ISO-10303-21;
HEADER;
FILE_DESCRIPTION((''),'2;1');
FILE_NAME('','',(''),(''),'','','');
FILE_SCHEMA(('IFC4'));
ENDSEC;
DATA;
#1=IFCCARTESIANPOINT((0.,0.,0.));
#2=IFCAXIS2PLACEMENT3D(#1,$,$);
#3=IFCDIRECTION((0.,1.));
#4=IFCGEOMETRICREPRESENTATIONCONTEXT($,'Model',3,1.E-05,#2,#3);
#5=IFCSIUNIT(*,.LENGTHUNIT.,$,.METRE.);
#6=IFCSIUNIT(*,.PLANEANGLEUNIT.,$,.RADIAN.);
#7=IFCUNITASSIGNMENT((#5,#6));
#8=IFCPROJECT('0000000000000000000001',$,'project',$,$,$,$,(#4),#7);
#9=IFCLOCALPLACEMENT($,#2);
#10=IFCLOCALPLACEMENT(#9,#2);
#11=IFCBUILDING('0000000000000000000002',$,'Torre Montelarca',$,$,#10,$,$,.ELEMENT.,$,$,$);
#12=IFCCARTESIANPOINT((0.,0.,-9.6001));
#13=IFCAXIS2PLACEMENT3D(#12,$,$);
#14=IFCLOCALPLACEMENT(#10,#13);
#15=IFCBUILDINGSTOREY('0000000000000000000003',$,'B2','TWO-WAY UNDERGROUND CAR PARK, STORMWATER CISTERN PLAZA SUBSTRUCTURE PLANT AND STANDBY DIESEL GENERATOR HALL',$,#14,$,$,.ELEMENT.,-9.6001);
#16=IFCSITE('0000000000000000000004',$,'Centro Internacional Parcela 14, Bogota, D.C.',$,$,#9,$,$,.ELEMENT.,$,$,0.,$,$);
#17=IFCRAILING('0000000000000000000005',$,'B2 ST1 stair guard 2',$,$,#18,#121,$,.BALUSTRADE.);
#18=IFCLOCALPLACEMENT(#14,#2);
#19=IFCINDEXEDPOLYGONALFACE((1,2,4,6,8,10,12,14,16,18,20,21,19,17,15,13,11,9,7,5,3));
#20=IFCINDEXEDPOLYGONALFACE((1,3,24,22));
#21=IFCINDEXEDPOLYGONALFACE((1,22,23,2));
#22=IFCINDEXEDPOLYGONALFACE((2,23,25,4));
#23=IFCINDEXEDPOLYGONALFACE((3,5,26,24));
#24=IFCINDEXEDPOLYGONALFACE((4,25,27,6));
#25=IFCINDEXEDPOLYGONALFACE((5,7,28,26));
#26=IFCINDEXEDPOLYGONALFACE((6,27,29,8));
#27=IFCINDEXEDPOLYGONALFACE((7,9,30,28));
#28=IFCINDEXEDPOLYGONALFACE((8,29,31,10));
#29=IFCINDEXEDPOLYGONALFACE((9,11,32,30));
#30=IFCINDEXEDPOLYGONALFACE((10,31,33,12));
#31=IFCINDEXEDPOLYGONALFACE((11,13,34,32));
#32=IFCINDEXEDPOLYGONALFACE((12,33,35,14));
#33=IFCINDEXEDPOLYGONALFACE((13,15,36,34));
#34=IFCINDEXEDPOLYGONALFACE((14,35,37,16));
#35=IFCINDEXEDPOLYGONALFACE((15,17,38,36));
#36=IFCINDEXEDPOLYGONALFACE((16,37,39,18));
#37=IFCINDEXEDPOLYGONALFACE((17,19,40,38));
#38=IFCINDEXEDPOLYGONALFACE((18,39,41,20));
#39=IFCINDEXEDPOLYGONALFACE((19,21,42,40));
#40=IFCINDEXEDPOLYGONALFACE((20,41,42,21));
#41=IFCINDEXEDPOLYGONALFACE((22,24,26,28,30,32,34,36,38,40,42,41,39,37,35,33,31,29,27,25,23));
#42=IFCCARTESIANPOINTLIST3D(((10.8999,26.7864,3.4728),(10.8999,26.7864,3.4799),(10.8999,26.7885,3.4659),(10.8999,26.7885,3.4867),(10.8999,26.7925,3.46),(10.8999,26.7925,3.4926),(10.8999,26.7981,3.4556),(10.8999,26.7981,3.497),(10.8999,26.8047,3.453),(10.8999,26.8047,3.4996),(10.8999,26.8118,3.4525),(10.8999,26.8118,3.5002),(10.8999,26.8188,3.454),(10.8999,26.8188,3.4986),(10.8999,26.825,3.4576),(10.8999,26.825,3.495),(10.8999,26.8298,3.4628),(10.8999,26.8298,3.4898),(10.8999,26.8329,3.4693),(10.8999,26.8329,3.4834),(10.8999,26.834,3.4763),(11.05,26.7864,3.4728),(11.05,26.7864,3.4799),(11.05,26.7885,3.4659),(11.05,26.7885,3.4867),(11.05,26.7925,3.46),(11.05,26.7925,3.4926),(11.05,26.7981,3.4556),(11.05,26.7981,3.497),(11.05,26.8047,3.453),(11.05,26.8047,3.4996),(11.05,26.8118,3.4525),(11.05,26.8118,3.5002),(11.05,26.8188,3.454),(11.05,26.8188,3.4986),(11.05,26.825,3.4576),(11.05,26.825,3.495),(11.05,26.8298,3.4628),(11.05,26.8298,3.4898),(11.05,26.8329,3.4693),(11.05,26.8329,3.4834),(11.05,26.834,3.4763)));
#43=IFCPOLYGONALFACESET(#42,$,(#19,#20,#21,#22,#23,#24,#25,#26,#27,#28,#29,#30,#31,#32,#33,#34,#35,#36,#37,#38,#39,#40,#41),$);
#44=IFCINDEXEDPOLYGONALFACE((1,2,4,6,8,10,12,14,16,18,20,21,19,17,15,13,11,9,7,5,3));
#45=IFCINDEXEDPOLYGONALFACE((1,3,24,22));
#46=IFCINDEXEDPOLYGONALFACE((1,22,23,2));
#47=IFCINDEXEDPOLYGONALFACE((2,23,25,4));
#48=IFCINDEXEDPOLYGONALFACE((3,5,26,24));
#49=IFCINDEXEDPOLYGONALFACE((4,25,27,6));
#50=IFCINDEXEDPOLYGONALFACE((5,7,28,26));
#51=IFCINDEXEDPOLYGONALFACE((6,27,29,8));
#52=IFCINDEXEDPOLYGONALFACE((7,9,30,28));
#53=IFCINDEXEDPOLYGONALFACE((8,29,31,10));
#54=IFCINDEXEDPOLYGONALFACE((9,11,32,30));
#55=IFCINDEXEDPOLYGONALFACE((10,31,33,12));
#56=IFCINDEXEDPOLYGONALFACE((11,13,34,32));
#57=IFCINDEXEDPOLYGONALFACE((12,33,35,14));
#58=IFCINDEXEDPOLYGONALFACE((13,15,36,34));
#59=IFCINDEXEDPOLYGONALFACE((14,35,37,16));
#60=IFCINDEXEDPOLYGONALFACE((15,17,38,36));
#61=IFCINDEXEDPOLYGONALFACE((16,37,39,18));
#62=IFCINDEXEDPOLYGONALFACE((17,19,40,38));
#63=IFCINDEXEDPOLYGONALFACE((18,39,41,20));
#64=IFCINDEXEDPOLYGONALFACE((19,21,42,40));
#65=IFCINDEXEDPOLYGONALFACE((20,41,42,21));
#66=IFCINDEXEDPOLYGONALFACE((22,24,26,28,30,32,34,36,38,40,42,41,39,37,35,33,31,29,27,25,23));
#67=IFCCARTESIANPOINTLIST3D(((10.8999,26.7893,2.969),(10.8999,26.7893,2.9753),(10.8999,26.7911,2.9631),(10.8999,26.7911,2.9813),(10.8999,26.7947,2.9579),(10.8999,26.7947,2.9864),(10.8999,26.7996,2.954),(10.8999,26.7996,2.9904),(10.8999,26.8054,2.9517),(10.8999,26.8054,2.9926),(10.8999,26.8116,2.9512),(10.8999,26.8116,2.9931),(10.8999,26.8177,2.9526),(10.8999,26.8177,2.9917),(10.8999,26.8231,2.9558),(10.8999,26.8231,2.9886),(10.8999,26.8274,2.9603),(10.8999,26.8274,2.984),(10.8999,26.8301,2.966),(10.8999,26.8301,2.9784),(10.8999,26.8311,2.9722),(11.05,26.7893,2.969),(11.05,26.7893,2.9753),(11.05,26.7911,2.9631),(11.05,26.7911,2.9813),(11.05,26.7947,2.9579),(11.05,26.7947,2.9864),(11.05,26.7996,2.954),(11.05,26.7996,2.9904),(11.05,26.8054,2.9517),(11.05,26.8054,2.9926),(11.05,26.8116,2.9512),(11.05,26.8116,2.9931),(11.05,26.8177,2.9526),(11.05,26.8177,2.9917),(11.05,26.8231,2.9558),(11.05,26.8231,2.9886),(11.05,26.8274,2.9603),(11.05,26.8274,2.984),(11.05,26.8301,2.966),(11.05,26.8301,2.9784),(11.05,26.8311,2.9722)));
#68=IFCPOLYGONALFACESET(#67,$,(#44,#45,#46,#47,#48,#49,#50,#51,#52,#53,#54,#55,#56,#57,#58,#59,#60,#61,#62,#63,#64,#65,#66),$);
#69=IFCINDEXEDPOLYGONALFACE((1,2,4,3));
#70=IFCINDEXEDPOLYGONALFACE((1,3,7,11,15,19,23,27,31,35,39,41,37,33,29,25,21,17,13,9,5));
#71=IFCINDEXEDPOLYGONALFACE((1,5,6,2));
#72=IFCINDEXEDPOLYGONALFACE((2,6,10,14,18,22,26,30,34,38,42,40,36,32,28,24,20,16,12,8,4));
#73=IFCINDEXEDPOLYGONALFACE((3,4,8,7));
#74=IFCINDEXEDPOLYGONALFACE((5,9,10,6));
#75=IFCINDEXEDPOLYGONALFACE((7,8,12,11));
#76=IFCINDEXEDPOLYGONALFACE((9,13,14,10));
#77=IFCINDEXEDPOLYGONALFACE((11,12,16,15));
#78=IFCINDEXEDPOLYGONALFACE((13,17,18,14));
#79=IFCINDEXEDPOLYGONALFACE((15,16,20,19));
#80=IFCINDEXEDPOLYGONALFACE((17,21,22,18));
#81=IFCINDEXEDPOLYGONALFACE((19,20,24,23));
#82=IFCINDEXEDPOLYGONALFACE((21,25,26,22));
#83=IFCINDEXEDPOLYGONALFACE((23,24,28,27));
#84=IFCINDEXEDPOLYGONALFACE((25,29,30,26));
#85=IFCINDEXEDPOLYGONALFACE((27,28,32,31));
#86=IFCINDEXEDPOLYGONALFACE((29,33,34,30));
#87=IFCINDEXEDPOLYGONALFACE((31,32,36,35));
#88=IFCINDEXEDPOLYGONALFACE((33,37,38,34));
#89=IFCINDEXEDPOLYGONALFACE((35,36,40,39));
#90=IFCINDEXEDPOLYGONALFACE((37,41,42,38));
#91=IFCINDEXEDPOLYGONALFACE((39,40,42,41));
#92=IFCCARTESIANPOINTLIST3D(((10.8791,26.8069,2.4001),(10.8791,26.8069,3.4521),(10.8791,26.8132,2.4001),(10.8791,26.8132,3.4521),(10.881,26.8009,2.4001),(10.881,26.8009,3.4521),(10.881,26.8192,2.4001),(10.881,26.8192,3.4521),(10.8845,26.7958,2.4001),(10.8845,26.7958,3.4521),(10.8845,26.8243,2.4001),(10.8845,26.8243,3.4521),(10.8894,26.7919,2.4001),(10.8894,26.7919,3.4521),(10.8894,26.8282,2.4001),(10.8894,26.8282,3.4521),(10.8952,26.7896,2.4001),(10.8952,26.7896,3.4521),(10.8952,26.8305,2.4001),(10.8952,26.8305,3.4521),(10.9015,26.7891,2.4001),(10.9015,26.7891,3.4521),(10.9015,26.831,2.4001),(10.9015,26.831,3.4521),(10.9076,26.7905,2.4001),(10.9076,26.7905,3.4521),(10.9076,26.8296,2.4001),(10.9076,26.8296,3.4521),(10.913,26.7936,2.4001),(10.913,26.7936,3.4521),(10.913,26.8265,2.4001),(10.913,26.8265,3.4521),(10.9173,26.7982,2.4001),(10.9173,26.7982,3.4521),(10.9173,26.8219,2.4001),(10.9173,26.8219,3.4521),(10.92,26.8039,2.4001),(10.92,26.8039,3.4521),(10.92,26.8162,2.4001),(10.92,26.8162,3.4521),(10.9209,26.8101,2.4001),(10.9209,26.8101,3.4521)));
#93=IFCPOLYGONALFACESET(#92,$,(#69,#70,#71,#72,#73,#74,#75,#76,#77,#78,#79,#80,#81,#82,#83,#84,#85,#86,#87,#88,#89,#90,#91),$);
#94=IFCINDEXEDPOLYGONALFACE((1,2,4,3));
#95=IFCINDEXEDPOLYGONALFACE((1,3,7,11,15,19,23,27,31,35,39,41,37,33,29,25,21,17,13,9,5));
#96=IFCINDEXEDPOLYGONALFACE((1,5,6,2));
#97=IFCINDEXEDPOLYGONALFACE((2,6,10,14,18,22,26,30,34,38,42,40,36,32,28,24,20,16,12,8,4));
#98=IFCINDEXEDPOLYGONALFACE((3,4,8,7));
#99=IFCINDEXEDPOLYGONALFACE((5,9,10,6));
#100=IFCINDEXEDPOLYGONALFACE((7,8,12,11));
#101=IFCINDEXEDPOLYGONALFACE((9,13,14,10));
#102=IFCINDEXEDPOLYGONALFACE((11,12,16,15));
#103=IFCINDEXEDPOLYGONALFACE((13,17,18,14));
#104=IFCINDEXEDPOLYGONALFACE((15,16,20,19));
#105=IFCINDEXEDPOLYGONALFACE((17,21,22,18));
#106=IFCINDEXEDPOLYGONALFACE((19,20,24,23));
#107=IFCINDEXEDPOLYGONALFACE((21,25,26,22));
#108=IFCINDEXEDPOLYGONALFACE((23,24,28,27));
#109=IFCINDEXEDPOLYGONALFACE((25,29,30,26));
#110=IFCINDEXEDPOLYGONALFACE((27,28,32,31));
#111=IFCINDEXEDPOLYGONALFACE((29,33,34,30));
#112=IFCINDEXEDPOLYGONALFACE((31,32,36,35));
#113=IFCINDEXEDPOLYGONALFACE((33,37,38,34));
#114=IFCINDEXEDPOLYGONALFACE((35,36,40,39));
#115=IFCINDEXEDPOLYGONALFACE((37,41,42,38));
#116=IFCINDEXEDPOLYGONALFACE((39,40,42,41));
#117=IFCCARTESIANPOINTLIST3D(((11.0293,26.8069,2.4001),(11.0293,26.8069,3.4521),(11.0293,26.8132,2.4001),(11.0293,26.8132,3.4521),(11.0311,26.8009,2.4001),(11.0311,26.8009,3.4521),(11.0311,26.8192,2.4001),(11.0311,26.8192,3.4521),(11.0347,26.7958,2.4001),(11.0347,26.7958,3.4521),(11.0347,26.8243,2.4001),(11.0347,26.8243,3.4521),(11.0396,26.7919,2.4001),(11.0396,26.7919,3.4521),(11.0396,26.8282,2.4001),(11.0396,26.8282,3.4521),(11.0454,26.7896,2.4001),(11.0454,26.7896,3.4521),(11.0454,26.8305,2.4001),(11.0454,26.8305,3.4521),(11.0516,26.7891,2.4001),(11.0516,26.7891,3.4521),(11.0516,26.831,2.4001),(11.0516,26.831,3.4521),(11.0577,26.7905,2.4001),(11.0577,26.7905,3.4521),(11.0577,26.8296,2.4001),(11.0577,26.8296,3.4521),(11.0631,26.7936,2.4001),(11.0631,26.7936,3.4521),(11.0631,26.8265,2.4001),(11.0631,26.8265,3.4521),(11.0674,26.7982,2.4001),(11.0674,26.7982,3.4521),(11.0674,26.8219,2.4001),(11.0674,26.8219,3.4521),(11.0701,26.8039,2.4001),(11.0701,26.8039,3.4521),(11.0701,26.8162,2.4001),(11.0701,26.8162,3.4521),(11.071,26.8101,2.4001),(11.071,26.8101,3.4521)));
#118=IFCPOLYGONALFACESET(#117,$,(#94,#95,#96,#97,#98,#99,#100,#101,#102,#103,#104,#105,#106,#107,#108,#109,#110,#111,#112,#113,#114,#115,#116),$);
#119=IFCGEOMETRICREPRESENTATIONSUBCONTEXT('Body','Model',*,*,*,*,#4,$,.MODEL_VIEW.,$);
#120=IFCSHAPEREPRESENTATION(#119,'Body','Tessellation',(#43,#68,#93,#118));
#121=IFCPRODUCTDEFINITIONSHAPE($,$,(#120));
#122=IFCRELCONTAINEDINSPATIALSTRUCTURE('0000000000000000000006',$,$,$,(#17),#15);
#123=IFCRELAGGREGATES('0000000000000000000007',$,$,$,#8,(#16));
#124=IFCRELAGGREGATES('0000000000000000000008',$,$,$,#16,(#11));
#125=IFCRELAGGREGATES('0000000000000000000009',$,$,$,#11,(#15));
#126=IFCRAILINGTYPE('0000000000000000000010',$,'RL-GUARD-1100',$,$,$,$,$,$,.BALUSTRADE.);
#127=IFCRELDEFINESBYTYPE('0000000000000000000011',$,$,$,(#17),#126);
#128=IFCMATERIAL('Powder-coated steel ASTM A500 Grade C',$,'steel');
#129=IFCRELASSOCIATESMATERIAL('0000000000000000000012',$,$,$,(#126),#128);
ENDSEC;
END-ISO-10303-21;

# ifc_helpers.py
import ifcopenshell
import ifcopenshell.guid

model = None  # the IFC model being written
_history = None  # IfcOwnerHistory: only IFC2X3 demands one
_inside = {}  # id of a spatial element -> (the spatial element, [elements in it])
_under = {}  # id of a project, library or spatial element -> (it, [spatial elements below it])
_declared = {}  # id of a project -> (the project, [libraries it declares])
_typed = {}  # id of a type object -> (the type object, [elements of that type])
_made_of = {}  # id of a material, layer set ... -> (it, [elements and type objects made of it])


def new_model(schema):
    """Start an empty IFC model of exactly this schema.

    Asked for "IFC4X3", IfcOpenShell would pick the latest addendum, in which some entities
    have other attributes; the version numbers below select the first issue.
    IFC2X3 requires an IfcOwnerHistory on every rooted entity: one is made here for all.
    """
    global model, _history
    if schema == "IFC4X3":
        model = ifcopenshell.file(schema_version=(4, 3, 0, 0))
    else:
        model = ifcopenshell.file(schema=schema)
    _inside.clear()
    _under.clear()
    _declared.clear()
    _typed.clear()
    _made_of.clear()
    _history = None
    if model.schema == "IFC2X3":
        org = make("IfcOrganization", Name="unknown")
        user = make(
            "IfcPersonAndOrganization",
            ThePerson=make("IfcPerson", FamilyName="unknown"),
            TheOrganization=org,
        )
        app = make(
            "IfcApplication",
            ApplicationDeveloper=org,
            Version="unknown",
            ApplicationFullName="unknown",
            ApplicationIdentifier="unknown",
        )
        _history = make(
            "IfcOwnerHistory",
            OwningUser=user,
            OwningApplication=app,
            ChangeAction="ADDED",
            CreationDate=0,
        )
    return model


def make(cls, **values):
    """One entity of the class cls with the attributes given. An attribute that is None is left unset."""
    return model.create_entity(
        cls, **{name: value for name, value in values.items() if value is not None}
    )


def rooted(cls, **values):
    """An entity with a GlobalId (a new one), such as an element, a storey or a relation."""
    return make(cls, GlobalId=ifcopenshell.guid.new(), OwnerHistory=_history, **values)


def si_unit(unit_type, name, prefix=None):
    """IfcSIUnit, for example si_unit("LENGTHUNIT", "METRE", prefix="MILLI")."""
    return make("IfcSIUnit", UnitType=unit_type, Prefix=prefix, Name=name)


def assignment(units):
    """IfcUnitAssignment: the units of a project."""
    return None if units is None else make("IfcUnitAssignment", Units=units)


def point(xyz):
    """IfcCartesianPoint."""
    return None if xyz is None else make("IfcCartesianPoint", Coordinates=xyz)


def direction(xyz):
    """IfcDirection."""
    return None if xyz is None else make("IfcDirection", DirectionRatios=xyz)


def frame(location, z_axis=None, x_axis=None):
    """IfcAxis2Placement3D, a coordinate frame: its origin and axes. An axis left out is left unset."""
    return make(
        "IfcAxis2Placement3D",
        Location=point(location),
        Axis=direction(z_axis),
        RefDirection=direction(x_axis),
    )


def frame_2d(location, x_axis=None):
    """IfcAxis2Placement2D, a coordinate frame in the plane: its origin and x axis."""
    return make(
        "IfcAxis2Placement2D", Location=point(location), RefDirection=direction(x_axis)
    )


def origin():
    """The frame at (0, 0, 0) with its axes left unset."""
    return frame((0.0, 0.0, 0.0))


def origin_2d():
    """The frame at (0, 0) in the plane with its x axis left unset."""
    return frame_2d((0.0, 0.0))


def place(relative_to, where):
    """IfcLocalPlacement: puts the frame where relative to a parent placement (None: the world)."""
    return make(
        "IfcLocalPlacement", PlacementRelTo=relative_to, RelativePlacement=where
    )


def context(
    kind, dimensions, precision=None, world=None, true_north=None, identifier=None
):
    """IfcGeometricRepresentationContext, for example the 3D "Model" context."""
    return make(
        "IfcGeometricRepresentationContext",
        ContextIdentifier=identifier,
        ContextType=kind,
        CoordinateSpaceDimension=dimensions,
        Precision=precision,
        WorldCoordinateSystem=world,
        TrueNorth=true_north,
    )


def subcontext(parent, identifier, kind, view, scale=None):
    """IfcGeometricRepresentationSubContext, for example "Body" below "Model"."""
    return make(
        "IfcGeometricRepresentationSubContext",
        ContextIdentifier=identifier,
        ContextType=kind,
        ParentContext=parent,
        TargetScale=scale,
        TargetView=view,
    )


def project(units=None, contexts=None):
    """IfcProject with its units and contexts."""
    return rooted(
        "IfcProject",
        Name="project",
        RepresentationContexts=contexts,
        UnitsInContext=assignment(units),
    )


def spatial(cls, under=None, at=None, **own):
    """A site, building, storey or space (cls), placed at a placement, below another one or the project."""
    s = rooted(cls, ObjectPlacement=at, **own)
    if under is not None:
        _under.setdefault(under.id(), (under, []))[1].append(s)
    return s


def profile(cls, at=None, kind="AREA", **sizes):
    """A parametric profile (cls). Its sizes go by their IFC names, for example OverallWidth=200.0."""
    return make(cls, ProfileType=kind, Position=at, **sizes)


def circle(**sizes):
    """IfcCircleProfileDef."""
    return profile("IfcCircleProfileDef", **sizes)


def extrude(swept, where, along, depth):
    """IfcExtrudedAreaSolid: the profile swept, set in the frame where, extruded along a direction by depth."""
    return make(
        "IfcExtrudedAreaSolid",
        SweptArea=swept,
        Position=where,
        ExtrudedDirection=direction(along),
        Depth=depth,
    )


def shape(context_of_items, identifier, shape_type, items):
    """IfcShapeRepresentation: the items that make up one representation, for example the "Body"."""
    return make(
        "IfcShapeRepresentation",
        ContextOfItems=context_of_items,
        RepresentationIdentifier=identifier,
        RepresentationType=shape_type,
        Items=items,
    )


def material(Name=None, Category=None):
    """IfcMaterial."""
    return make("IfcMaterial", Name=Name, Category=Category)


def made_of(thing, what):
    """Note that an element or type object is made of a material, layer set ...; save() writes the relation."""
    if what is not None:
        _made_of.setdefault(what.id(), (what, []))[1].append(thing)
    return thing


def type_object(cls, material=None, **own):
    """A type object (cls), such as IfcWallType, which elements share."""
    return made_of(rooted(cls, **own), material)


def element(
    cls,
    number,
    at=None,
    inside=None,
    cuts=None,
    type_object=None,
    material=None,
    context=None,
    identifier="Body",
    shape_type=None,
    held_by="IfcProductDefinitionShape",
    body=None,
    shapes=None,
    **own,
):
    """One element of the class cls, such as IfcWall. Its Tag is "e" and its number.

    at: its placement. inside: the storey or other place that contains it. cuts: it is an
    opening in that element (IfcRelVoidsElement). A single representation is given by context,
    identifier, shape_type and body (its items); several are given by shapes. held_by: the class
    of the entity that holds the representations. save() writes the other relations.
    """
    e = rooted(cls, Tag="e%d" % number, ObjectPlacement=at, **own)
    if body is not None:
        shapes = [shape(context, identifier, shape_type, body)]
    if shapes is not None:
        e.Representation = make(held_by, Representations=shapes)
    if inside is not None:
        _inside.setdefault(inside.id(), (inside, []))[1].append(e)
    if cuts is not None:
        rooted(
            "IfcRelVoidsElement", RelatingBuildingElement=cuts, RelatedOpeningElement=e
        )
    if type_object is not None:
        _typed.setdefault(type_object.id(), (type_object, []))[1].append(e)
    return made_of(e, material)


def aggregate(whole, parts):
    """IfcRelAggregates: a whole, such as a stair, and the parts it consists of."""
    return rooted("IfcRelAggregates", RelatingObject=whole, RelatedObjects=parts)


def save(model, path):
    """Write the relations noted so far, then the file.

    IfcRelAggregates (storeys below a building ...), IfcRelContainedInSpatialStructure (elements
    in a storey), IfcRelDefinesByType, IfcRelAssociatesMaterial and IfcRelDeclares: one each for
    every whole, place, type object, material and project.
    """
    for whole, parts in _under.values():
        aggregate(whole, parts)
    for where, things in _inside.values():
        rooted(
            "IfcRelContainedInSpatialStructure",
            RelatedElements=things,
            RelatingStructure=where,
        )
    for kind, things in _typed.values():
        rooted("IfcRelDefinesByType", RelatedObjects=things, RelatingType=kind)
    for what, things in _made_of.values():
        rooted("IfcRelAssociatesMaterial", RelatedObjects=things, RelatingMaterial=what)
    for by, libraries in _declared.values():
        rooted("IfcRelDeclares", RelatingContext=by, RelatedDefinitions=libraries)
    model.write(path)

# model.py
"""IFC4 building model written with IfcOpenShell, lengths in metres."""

from ifc_helpers import new_model, si_unit, direction, frame, origin, origin_2d, place, context, subcontext, project, spatial, circle, extrude, material, type_object, element, save


model = new_model("IFC4")

# Units and contexts
model_context = context("Model", 3, precision=1e-05, world=origin(), true_north=direction((0.0, 1.0)))
body_context = subcontext(model_context, "Body", "Model", "MODEL_VIEW")
ifc_project = project(units=[si_unit("LENGTHUNIT", "METRE"), si_unit("PLANEANGLEUNIT", "RADIAN")], contexts=[model_context])

# Site, building, storey
site_placement = place(None, origin())
site = spatial("IfcSite", under=ifc_project, at=site_placement, Name="Centro Internacional Parcela 14, Bogota, D.C.", CompositionType="ELEMENT", RefElevation=0.0)
building_placement = place(site_placement, origin())
building = spatial("IfcBuilding", under=site, at=building_placement, Name="Torre Montelarca", CompositionType="ELEMENT")
storey_placement = place(building_placement, frame((0.0, 0.0, -9.6001)))
storey = spatial("IfcBuildingStorey", under=building, at=storey_placement, Name="B2", Description="TWO-WAY UNDERGROUND CAR PARK, STORMWATER CISTERN PLAZA SUBSTRUCTURE PLANT AND STANDBY DIESEL GENERATOR HALL", CompositionType="ELEMENT", Elevation=-9.6001)

# Railing
ifc_material_1 = material(Name="Powder-coated steel ASTM A500 Grade C", Category="steel")
railing_type_1 = type_object("IfcRailingType", Name="RL-GUARD-1100", PredefinedType="BALUSTRADE", material=ifc_material_1)
railing_1_placement = place(storey_placement, frame((10.8999, 26.8101, 2.4001)))
element("IfcRailing", 1, at=railing_1_placement, inside=storey, type_object=railing_type_1, Name="B2 ST1 stair guard 2", PredefinedType="BALUSTRADE", context=body_context, shape_type="SweptSolid", body=[
    extrude(circle(Radius=0.0239, at=origin_2d()), frame((0.0, 0.0, 1.0762), z_axis=(1.0, 0.0, 0.0), x_axis=(0.0, 1.0, 0.0)), (0.0, 0.0, 1.0), 0.1501),
    extrude(circle(Radius=0.021, at=origin_2d()), frame((0.0, 0.0, 0.572), z_axis=(1.0, 0.0, 0.0), x_axis=(0.0, 1.0, 0.0)), (0.0, 0.0, 1.0), 0.1501),
    extrude(circle(Radius=0.021, at=origin_2d()), origin(), (0.0, 0.0, 1.0), 1.052),
    extrude(circle(Radius=0.021, at=origin_2d()), frame((0.1501, 0.0, 0.0)), (0.0, 0.0, 1.0), 1.052),
])

save(model, "model.ifc")
